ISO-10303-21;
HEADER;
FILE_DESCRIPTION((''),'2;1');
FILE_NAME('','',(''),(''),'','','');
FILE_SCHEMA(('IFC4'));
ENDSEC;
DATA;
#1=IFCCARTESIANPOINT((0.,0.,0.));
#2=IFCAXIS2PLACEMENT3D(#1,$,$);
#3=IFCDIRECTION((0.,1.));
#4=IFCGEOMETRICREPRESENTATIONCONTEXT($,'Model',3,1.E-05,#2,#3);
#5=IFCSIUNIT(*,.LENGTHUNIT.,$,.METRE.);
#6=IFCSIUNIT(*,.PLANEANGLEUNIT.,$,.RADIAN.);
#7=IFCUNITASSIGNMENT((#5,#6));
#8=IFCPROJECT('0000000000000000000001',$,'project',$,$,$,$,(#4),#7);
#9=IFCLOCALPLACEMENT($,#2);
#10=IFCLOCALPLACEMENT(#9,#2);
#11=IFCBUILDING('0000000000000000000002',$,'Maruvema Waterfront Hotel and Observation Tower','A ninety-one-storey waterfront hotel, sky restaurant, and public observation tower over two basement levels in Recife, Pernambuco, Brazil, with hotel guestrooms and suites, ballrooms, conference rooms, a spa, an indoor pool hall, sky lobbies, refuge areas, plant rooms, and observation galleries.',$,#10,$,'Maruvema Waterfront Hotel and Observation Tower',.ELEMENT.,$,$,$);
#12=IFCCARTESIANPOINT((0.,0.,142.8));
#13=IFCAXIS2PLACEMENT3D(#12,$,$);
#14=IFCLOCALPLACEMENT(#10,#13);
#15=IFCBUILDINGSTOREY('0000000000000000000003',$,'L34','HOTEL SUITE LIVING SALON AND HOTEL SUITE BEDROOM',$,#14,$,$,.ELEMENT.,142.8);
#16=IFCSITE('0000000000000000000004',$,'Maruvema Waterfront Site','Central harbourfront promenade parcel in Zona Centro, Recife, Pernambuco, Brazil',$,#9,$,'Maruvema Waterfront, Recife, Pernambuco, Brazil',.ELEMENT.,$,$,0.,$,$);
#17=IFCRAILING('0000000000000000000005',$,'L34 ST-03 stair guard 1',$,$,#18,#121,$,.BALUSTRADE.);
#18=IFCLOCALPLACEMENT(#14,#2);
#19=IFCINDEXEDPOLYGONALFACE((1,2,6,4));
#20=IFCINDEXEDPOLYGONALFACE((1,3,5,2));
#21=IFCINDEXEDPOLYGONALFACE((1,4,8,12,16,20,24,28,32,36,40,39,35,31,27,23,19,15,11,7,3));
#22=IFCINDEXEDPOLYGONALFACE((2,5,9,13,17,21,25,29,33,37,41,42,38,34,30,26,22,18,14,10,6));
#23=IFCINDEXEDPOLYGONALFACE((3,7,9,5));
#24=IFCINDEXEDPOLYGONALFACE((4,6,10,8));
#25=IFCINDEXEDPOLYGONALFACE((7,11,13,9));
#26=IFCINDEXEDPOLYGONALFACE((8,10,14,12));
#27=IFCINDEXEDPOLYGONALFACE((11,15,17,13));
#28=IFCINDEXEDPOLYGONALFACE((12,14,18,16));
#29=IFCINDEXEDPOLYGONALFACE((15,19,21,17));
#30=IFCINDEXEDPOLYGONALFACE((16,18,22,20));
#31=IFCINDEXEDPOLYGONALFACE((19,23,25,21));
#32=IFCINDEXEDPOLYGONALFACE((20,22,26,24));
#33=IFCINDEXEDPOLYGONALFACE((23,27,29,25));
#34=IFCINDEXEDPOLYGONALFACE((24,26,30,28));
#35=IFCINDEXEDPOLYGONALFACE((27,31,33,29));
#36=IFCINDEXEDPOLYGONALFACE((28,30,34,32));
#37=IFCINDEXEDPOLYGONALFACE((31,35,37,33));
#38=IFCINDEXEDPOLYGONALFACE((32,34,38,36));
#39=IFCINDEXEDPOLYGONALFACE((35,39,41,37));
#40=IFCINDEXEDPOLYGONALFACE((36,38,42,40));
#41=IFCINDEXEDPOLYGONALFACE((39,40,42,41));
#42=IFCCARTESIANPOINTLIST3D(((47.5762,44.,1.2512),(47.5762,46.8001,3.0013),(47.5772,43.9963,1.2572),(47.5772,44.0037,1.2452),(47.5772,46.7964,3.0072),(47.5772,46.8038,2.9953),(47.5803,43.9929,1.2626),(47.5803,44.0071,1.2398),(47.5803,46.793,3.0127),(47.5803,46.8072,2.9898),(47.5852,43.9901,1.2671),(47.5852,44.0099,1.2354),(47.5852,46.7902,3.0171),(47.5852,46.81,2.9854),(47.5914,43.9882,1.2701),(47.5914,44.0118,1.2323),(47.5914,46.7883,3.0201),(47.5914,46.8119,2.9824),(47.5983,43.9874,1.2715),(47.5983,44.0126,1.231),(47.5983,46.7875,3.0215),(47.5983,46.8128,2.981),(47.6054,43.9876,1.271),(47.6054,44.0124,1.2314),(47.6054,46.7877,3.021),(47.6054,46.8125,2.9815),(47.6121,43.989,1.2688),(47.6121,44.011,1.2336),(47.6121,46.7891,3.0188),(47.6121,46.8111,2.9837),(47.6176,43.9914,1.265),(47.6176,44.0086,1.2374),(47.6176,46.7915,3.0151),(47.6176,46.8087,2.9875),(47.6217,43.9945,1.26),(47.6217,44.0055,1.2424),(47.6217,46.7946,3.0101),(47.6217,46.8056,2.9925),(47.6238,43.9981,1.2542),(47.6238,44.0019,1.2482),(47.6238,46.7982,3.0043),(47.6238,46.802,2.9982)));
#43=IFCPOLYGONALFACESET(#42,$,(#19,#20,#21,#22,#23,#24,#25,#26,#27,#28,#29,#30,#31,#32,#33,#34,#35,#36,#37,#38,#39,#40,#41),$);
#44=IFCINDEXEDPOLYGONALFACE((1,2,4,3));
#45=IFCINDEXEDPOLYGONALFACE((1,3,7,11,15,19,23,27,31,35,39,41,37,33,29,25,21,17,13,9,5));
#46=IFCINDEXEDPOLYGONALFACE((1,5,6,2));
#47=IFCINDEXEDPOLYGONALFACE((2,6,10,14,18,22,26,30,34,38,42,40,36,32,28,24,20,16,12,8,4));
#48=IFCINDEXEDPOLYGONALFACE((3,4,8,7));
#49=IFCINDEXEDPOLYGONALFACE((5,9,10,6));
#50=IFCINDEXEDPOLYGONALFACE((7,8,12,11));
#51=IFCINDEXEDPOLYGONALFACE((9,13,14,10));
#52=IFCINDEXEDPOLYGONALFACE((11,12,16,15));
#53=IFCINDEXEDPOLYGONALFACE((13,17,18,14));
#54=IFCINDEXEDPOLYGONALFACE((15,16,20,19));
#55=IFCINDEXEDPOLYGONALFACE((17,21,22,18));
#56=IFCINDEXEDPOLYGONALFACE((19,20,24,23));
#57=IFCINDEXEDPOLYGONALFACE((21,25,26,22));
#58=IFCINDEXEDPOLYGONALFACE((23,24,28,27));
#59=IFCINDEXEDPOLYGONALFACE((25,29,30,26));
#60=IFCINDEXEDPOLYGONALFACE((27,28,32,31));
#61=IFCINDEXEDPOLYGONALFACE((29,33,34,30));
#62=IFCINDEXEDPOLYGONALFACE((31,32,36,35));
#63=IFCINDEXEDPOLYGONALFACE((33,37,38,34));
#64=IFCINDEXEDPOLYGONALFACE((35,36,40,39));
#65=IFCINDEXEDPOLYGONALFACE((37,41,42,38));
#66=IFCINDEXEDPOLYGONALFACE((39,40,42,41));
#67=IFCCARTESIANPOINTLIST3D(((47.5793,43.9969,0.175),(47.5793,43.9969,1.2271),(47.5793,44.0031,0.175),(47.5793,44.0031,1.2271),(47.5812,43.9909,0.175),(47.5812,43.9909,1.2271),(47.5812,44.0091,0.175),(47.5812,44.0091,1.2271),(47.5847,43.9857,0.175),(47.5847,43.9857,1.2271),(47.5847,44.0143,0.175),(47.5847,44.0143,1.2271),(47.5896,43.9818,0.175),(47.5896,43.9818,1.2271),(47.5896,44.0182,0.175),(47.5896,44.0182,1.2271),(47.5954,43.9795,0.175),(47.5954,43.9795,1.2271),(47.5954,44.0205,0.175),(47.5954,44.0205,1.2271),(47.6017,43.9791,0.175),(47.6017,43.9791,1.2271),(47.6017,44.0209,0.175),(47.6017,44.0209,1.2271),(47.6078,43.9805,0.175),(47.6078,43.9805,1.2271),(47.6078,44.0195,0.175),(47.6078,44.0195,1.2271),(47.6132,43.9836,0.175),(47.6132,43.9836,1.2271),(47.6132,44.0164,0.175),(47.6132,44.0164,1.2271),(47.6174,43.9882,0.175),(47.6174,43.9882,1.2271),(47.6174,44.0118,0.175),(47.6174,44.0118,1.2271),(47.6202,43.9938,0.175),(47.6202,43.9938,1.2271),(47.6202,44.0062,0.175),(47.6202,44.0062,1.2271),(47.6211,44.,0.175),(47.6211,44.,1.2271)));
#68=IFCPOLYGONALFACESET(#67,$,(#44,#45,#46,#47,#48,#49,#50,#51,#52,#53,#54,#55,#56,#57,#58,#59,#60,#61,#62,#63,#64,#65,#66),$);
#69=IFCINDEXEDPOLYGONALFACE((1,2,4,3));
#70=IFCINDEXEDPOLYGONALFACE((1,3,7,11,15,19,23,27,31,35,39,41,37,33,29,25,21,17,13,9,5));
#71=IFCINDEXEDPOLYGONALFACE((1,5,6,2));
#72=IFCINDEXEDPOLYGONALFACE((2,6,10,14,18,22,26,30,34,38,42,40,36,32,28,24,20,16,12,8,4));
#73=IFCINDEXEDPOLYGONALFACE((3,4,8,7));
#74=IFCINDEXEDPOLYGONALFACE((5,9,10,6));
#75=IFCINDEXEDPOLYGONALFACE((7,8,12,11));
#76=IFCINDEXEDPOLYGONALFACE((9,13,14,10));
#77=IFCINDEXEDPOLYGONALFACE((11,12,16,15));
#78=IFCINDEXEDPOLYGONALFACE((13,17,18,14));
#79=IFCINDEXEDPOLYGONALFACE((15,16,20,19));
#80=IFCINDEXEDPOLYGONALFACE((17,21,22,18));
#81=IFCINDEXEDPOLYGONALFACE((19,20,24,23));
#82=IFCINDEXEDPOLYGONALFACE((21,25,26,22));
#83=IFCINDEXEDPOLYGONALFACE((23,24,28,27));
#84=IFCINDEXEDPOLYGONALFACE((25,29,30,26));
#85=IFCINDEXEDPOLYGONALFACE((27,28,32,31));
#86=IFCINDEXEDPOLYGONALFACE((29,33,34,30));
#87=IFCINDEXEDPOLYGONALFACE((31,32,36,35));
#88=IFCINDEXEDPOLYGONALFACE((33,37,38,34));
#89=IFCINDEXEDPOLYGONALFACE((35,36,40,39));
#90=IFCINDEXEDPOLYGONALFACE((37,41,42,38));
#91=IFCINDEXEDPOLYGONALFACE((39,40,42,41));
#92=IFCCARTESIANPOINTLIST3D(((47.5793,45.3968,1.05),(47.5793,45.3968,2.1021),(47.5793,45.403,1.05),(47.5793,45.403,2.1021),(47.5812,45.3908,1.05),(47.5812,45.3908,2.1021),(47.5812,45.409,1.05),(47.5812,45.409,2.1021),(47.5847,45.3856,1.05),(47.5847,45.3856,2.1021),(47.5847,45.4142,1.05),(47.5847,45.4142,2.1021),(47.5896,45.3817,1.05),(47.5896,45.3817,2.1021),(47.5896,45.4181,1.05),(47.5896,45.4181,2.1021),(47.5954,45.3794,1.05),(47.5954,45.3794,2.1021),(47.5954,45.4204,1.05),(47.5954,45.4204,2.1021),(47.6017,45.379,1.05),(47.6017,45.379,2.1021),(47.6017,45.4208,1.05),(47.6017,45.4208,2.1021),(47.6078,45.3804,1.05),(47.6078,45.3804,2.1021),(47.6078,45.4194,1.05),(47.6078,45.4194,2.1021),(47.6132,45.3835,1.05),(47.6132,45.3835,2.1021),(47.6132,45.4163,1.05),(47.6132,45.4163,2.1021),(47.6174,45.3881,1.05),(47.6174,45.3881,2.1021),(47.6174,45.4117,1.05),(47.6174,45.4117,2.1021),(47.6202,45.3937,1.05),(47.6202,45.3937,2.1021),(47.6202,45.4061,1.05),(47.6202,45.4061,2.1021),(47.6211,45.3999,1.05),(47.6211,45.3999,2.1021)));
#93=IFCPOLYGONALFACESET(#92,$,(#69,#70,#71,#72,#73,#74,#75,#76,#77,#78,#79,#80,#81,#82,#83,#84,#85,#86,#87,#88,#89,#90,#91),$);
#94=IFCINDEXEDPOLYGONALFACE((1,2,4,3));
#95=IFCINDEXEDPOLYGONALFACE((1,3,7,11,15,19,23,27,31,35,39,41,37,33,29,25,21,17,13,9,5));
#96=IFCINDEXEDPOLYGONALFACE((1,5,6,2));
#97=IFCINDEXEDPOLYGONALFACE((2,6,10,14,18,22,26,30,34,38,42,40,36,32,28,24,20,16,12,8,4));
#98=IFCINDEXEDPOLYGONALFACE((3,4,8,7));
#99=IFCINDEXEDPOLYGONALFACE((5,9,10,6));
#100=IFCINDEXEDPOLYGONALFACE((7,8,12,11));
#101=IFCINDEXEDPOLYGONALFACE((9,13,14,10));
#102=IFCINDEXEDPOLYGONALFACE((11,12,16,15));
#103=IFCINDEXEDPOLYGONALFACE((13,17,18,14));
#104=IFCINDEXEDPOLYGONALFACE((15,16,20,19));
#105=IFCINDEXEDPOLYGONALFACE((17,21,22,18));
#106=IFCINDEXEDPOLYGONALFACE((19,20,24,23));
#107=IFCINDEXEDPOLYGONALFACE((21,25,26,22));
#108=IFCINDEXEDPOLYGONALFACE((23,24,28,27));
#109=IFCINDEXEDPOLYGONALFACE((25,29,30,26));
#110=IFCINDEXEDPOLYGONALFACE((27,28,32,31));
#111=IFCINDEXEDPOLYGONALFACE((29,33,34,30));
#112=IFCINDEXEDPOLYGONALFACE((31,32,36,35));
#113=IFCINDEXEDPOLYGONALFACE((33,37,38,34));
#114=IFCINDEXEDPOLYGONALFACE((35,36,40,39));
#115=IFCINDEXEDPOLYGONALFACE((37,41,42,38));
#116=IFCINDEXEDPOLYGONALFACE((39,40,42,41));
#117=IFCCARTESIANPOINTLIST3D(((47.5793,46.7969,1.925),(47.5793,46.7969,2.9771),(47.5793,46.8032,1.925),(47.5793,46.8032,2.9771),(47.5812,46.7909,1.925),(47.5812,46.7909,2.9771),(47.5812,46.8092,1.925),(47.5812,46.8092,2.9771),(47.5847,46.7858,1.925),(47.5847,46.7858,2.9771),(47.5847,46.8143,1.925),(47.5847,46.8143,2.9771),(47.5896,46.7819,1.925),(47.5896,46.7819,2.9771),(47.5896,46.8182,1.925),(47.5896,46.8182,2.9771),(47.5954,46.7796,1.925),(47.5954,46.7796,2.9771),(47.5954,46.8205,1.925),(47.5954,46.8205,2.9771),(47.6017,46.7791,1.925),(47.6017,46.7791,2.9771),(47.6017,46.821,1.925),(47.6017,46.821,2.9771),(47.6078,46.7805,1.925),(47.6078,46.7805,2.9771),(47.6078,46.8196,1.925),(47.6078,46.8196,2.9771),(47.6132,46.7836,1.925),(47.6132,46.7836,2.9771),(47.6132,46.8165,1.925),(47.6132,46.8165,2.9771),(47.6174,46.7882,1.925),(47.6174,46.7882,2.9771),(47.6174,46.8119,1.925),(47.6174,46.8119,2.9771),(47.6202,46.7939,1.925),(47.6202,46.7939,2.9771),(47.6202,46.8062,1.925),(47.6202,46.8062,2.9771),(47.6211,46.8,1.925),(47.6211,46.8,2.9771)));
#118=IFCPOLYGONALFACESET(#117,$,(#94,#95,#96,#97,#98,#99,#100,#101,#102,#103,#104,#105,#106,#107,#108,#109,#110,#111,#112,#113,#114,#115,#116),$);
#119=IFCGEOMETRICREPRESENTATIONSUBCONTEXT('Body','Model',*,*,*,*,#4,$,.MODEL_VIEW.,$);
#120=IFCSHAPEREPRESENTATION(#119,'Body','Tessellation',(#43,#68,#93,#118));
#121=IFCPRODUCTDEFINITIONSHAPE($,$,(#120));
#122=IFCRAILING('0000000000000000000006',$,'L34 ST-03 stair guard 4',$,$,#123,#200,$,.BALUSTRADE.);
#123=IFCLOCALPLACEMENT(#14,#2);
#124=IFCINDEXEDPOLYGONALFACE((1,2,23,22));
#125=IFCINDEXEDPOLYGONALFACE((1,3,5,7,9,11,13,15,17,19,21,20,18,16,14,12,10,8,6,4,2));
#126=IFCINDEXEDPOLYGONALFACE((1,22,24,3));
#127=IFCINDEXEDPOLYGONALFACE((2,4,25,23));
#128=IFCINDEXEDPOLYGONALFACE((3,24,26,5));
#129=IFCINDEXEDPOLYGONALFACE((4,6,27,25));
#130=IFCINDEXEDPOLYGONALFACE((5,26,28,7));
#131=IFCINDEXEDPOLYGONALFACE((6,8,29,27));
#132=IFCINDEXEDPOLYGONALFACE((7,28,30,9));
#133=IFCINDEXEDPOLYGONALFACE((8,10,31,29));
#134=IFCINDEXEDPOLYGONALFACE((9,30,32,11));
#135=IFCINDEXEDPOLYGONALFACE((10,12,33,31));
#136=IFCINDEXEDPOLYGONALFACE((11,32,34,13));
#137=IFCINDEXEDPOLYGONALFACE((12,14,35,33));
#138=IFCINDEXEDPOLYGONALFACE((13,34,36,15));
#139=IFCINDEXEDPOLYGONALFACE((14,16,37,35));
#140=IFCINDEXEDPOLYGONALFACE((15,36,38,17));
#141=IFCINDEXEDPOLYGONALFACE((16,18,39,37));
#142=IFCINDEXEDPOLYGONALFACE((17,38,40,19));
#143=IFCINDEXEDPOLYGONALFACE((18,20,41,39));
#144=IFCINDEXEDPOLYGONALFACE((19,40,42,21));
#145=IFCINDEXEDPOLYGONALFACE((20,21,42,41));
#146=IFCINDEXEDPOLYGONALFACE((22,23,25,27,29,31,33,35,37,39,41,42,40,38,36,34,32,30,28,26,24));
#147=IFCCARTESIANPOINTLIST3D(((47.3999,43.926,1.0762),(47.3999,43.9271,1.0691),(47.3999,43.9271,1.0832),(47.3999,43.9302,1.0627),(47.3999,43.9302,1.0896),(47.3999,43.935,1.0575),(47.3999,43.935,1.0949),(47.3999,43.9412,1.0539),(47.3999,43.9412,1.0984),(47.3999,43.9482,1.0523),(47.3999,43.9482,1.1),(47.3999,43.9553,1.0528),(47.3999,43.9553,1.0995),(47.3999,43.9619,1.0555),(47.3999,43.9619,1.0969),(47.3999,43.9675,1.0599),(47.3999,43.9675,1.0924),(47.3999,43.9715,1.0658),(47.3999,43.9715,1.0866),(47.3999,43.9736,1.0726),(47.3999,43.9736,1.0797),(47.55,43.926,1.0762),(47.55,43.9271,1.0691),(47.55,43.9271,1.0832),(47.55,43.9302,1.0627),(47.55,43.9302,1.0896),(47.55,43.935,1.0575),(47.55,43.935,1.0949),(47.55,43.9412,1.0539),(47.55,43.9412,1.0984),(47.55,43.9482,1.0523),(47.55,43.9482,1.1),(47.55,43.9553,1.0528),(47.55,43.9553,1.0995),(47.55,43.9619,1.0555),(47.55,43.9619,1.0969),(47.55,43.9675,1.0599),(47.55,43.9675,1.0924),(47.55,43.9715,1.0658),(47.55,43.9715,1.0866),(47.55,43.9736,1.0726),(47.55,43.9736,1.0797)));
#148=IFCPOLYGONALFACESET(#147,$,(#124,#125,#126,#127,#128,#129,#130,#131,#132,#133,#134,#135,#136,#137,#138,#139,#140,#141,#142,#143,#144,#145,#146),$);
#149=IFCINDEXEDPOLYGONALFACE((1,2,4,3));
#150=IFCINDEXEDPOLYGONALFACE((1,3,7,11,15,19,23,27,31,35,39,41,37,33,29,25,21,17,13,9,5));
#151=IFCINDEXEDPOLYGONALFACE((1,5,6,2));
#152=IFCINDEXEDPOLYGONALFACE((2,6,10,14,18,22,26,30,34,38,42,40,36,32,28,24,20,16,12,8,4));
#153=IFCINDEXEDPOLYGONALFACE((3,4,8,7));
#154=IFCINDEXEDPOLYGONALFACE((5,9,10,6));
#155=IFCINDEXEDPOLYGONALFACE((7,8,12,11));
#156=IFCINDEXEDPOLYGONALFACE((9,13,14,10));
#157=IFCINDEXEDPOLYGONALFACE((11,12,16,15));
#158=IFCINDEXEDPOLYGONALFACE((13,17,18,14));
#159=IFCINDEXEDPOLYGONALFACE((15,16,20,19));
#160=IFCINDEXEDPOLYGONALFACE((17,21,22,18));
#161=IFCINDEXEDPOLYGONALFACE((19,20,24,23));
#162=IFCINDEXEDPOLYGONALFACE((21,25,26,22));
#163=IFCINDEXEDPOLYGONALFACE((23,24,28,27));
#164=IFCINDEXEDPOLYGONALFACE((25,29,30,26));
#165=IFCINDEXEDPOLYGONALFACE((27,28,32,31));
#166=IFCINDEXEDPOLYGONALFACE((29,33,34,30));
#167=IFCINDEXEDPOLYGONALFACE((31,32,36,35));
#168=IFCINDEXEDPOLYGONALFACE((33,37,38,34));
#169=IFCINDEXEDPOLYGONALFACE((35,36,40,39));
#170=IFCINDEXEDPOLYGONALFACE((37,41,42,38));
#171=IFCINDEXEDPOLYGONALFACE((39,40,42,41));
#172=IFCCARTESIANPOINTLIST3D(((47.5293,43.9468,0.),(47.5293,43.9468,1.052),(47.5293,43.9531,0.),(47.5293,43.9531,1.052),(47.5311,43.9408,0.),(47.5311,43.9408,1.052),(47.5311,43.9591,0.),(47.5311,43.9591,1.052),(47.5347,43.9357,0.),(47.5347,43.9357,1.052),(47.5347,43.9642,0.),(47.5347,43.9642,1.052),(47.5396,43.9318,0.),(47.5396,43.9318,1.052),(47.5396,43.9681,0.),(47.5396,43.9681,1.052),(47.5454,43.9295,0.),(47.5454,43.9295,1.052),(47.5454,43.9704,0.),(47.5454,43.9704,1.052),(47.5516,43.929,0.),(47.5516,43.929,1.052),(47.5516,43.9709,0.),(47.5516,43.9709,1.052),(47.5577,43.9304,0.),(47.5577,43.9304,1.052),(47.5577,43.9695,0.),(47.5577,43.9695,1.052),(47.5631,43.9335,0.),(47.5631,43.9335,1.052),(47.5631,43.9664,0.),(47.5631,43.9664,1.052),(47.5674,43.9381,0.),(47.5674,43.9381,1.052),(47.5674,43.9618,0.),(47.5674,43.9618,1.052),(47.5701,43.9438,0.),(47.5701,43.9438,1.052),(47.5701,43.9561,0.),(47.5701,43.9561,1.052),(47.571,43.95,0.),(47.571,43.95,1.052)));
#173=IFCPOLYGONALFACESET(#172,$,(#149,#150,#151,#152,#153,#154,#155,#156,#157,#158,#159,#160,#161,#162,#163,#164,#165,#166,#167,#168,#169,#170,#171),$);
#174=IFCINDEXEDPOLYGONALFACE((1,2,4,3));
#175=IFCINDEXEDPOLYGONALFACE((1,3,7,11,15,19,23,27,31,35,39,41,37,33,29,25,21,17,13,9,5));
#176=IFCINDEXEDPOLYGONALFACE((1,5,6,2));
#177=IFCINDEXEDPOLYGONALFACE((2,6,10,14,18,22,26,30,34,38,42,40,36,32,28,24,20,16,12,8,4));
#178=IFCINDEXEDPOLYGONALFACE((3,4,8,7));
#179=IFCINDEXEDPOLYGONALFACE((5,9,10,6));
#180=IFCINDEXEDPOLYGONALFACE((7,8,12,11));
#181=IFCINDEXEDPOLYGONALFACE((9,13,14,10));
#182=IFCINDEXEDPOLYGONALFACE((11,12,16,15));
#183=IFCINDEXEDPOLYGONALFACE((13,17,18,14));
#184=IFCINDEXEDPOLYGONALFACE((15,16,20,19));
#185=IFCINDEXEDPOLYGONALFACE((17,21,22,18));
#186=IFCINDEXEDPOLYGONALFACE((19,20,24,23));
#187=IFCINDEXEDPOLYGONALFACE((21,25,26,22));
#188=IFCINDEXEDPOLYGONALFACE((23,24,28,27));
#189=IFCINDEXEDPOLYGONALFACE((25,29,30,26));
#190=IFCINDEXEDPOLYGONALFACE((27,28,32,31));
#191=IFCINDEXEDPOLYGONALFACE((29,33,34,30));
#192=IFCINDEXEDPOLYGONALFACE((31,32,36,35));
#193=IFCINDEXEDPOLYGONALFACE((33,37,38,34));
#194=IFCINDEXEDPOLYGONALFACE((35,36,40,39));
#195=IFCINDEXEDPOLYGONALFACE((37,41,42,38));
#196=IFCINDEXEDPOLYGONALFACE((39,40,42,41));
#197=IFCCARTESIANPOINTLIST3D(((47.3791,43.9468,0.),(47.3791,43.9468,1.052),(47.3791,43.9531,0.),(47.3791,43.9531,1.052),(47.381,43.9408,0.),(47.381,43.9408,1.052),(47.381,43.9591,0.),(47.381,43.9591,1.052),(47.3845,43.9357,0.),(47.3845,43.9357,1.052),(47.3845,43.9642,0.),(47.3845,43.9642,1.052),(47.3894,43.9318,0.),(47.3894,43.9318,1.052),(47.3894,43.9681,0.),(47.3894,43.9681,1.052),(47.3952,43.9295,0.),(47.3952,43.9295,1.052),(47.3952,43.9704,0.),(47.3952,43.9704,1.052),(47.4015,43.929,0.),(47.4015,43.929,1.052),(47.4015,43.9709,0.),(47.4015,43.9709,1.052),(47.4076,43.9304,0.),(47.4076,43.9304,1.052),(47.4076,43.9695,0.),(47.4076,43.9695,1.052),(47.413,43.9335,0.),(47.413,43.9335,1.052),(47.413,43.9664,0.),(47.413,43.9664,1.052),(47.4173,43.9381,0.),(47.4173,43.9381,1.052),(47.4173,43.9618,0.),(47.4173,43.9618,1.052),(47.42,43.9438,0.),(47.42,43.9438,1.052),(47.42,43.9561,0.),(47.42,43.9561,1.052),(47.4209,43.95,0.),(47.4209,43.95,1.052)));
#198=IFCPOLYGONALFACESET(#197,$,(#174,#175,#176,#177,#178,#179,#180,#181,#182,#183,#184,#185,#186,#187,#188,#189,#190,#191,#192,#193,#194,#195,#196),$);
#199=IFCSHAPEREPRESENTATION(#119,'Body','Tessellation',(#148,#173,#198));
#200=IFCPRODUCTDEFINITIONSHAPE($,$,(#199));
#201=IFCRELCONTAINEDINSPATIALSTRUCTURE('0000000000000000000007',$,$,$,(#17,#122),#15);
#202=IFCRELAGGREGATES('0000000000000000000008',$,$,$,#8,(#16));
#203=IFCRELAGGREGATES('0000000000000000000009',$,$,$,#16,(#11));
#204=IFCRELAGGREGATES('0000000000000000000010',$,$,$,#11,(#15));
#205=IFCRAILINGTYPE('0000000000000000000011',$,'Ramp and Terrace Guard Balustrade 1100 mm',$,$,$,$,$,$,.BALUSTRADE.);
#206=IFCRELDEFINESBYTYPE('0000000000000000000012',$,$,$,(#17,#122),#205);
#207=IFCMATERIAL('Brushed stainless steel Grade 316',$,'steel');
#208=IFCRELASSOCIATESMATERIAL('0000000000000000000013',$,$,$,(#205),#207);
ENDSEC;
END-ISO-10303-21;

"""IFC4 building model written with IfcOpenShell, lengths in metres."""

from ifc_helpers import new_model, si_unit, direction, frame, origin, origin_2d, place, context, subcontext, project, spatial, circle, extrude, material, type_object, element, save


model = new_model("IFC4")

# Units and contexts
model_context = context("Model", 3, precision=1e-05, world=origin(), true_north=direction((0.0, 1.0)))
body_context = subcontext(model_context, "Body", "Model", "MODEL_VIEW")
ifc_project = project(units=[si_unit("LENGTHUNIT", "METRE"), si_unit("PLANEANGLEUNIT", "RADIAN")], contexts=[model_context])

# Site, building, storey
site_placement = place(None, origin())
site = spatial("IfcSite", under=ifc_project, at=site_placement, Name="Maruvema Waterfront Site", Description="Central harbourfront promenade parcel in Zona Centro, Recife, Pernambuco, Brazil", LongName="Maruvema Waterfront, Recife, Pernambuco, Brazil", CompositionType="ELEMENT", RefElevation=0.0)
building_placement = place(site_placement, origin())
building = spatial("IfcBuilding", under=site, at=building_placement, Name="Maruvema Waterfront Hotel and Observation Tower", Description="A ninety-one-storey waterfront hotel, sky restaurant, and public observation tower over two basement levels in Recife, Pernambuco, Brazil, with hotel guestrooms and suites, ballrooms, conference rooms, a spa, an indoor pool hall, sky lobbies, refuge areas, plant rooms, and observation galleries.", LongName="Maruvema Waterfront Hotel and Observation Tower", CompositionType="ELEMENT")
storey_placement = place(building_placement, frame((0.0, 0.0, 142.8)))
storey = spatial("IfcBuildingStorey", under=building, at=storey_placement, Name="L34", Description="HOTEL SUITE LIVING SALON AND HOTEL SUITE BEDROOM", CompositionType="ELEMENT", Elevation=142.8)

# Railings
ifc_material_1 = material(Name="Brushed stainless steel Grade 316", Category="steel")
railing_type_1 = type_object("IfcRailingType", Name="Ramp and Terrace Guard Balustrade 1100 mm", PredefinedType="BALUSTRADE", material=ifc_material_1)
railing_1_placement = place(storey_placement, frame((47.6001, 44.0, 0.175)))
element("IfcRailing", 1, at=railing_1_placement, inside=storey, type_object=railing_type_1, Name="L34 ST-03 stair guard 1", PredefinedType="BALUSTRADE", context=body_context, shape_type="SweptSolid", body=[
    extrude(circle(Radius=0.0239, at=origin_2d()), frame((0.0, 0.0, 1.0762), z_axis=(0.0, 0.848002, 0.529992), x_axis=(-1.0, 0.0, 0.0)), (0.0, 0.0, 1.0), 3.302),
    extrude(circle(Radius=0.021, at=origin_2d()), origin(), (0.0, 0.0, 1.0), 1.052),
    extrude(circle(Radius=0.021, at=origin_2d()), frame((0.0, 1.3999, 0.875)), (0.0, 0.0, 1.0), 1.052),
    extrude(circle(Radius=0.021, at=origin_2d()), frame((0.0, 2.8, 1.75)), (0.0, 0.0, 1.0), 1.052),
])
railing_2_placement = place(storey_placement, frame((47.55, 43.95, 0.0)))
element("IfcRailing", 2, at=railing_2_placement, inside=storey, type_object=railing_type_1, Name="L34 ST-03 stair guard 4", PredefinedType="BALUSTRADE", context=body_context, shape_type="SweptSolid", body=[
    extrude(circle(Radius=0.0239, at=origin_2d()), frame((0.0, 0.0, 1.0762), z_axis=(-1.0, 0.0, 0.0), x_axis=(0.0, -1.0, 0.0)), (0.0, 0.0, 1.0), 0.1501),
    extrude(circle(Radius=0.021, at=origin_2d()), origin(), (0.0, 0.0, 1.0), 1.052),
    extrude(circle(Radius=0.021, at=origin_2d()), frame((-0.1501, 0.0, 0.0)), (0.0, 0.0, 1.0), 1.052),
])

save(model, "model.ifc")
